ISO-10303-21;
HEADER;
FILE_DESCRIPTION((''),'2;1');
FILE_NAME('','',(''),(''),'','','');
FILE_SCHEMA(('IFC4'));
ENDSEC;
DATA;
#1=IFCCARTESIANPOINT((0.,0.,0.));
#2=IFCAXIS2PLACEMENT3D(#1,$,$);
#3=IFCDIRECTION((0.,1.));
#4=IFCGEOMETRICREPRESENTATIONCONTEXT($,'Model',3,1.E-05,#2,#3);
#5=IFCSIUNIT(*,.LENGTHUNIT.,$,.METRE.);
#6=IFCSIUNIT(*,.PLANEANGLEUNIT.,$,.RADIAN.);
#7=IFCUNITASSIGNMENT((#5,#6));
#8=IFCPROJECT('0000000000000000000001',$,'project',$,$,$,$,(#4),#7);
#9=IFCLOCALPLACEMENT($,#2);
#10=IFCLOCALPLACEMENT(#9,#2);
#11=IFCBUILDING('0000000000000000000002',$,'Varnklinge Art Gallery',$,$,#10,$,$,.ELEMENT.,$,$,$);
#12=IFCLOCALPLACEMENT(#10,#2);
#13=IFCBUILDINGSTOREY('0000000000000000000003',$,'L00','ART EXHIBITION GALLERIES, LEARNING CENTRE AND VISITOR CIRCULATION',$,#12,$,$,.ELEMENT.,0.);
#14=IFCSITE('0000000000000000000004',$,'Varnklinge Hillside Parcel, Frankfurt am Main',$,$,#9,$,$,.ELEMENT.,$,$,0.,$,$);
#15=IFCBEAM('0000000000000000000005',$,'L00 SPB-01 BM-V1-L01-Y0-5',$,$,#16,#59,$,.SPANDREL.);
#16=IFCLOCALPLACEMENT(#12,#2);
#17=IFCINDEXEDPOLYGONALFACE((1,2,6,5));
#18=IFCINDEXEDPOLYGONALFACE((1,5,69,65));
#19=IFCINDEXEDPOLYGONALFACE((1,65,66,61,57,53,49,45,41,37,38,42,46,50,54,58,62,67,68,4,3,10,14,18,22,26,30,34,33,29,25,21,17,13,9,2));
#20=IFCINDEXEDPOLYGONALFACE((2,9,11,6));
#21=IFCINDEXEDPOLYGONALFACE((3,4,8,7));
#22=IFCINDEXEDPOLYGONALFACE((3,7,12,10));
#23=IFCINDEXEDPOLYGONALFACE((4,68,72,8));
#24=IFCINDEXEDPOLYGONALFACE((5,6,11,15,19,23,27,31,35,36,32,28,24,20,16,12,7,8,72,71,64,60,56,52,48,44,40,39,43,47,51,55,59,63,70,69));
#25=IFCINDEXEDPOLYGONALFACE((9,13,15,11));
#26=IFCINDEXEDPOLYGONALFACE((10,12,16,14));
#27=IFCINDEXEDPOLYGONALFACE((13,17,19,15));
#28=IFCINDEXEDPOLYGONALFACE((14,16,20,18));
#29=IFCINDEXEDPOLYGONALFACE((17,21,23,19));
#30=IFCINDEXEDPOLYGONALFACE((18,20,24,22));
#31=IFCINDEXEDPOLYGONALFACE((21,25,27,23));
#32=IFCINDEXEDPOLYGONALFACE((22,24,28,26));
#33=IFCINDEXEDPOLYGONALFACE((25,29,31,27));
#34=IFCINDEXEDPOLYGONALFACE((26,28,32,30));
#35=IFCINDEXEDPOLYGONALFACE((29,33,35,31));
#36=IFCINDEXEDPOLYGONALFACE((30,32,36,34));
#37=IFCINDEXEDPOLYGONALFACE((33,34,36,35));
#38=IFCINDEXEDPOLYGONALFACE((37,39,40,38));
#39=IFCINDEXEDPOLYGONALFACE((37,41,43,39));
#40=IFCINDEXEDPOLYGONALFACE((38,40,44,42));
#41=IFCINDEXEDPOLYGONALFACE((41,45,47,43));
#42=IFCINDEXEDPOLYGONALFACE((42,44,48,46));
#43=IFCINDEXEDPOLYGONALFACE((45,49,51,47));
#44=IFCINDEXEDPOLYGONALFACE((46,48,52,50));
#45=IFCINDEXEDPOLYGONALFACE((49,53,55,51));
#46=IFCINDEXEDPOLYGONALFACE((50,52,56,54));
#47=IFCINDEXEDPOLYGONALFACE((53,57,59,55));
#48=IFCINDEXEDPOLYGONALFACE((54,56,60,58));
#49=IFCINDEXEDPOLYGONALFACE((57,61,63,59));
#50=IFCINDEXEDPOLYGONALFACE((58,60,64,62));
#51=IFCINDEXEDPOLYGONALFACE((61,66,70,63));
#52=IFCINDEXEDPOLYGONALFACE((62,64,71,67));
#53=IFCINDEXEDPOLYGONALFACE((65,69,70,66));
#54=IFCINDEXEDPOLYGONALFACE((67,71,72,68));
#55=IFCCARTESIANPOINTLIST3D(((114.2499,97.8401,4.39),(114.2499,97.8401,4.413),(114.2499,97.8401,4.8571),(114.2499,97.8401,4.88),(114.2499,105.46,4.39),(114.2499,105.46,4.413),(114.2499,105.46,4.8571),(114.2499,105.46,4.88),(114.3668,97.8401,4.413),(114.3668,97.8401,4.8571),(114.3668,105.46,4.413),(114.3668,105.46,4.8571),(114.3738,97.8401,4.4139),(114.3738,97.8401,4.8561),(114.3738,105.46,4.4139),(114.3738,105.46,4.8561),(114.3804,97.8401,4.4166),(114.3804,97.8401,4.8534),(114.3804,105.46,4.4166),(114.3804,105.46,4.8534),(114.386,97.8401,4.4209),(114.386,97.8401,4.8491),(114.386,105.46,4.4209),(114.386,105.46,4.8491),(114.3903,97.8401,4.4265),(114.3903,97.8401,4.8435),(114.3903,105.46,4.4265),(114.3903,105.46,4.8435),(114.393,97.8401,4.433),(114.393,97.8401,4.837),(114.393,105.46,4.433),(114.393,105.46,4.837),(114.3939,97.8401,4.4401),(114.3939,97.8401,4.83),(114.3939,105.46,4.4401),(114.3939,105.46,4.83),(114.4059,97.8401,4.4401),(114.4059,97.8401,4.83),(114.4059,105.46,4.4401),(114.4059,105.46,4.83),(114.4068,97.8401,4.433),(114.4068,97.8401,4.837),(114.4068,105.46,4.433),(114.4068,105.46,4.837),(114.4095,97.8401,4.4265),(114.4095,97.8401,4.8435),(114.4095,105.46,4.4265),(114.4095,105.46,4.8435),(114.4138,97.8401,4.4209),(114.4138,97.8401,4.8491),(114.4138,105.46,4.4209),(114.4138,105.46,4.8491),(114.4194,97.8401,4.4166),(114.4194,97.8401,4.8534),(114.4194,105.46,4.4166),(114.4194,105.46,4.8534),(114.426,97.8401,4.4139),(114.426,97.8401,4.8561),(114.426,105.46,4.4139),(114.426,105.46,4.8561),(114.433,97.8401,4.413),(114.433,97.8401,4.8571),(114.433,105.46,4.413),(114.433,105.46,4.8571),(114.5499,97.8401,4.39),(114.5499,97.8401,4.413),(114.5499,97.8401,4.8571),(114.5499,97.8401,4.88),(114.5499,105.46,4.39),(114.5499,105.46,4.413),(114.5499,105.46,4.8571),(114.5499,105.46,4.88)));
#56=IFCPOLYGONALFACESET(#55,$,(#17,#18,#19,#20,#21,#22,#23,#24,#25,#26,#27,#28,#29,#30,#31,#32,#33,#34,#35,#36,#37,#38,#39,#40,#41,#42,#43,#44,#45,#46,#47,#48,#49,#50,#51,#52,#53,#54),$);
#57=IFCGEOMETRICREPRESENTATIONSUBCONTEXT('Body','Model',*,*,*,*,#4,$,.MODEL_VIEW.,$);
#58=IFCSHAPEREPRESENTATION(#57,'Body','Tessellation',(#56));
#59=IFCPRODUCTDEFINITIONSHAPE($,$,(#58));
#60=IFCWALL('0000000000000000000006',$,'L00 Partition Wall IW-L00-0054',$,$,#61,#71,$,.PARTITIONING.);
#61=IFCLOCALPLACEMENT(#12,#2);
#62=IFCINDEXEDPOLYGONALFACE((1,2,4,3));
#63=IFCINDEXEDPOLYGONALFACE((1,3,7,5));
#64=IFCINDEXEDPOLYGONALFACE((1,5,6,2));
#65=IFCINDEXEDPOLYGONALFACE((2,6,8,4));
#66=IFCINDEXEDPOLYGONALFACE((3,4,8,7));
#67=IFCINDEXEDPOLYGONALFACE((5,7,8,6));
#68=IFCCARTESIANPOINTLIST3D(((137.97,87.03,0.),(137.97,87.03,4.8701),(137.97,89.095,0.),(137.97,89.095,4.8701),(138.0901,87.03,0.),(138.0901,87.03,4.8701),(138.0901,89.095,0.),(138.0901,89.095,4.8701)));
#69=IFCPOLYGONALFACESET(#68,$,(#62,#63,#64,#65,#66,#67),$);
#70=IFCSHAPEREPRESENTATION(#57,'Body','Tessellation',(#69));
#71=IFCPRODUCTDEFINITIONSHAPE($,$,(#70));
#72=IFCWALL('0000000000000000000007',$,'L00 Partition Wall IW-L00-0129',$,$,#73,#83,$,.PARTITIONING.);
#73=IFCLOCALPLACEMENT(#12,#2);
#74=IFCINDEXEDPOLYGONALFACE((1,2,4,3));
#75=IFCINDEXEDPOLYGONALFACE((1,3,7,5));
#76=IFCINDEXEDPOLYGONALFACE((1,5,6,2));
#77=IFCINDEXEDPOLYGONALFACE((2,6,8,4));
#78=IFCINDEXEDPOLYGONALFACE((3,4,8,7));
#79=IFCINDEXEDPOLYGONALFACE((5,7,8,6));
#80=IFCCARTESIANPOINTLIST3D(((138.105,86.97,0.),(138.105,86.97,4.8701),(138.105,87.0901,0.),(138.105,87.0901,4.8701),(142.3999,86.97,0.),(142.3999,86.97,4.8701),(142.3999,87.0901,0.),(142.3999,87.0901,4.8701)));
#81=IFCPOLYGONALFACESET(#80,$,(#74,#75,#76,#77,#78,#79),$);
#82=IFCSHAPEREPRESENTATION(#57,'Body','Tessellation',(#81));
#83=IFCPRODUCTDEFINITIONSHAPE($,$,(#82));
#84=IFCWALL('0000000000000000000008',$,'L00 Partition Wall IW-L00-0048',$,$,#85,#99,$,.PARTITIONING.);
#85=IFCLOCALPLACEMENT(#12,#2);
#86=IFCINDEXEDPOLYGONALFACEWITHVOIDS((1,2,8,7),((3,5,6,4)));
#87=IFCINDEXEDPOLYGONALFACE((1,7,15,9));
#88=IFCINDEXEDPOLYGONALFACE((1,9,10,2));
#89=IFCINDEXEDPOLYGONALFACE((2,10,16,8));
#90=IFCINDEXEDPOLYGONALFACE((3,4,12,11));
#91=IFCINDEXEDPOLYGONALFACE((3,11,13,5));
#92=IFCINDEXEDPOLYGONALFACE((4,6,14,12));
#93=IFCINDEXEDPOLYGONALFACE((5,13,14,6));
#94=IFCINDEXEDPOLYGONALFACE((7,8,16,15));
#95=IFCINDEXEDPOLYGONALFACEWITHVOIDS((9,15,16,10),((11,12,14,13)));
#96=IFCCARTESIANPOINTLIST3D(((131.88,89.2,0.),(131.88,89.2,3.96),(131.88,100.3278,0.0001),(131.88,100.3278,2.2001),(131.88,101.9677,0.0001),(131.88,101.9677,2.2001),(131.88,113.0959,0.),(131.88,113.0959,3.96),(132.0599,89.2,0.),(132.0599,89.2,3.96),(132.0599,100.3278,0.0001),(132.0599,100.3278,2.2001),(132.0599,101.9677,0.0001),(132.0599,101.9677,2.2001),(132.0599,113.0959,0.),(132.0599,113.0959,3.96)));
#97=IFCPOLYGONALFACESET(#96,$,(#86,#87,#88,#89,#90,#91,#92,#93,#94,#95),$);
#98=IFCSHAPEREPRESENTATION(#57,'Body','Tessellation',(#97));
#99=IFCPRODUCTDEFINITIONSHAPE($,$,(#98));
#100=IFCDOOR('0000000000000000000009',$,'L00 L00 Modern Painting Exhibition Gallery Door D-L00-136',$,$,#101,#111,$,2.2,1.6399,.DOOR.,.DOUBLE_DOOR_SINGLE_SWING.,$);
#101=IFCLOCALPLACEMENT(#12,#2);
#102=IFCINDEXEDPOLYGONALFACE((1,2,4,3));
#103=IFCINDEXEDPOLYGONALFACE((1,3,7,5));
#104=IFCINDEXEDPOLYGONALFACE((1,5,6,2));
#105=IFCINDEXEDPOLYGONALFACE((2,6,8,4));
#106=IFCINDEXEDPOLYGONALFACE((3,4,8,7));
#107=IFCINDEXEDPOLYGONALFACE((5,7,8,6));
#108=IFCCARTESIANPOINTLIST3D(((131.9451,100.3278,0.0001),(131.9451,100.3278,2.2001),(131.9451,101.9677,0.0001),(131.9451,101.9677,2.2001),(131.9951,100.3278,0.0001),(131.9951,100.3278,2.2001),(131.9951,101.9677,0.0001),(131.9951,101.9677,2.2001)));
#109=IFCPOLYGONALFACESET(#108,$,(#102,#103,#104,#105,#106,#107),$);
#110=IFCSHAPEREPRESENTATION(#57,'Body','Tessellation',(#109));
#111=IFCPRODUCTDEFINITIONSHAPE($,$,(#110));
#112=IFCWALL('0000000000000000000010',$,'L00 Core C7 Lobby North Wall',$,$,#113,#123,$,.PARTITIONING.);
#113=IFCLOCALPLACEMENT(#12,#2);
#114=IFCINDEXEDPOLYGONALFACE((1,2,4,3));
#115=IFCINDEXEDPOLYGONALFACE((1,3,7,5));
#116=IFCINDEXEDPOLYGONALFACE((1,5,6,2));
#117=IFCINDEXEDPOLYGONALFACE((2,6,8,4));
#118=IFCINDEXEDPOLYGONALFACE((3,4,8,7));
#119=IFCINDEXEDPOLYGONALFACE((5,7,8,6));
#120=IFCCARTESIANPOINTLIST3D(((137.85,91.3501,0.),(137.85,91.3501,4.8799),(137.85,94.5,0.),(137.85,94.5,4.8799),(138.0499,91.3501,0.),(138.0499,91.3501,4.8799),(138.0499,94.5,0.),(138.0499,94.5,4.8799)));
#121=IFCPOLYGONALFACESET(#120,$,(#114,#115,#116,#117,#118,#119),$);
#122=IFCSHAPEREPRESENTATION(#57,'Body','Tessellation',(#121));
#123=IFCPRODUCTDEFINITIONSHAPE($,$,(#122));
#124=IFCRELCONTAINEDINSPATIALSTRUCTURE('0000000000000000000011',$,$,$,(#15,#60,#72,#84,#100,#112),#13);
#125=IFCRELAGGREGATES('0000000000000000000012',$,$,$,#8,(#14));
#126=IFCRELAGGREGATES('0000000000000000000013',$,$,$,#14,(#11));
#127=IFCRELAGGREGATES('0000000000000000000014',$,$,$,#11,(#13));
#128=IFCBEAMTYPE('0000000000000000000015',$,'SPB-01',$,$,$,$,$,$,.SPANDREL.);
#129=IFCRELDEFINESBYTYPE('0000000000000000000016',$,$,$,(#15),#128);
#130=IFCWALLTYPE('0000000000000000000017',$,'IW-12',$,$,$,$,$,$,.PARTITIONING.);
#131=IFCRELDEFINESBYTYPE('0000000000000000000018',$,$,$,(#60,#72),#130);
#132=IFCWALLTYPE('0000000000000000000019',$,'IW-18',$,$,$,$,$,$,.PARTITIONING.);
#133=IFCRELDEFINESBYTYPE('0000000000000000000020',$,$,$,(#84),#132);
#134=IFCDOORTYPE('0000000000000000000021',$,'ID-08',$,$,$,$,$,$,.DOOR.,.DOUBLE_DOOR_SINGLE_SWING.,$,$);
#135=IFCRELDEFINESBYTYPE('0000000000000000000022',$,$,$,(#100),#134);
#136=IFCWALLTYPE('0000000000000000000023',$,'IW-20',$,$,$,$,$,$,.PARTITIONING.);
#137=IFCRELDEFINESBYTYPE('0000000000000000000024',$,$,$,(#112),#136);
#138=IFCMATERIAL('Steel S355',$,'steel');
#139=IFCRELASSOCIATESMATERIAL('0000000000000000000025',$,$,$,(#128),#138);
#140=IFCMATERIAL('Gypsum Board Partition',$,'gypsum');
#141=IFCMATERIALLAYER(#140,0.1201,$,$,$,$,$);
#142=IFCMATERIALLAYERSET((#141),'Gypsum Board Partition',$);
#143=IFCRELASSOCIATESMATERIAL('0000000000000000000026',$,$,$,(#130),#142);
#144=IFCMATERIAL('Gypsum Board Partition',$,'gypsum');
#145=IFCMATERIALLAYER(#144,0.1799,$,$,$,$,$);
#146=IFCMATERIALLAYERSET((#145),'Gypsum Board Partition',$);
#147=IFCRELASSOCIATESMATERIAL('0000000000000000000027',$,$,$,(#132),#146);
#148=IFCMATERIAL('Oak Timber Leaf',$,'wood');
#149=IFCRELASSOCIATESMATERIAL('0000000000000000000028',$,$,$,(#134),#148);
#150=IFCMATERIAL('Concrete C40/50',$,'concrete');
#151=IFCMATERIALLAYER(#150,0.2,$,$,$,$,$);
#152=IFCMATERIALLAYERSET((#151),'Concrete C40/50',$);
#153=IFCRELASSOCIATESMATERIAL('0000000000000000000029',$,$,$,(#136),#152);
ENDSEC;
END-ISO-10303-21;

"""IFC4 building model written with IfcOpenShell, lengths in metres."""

from ifc_helpers import new_model, si_unit, direction, frame, frame_2d, origin, origin_2d, place, context, subcontext, project, spatial, rectangle, i_section, extrude, material, layer, layer_set, material_profile, profile_set, type_object, element, fill, save


model = new_model("IFC4")

# Units and contexts
model_context = context("Model", 3, precision=1e-05, world=origin(), true_north=direction((0.0, 1.0)))
body_context = subcontext(model_context, "Body", "Model", "MODEL_VIEW")
ifc_project = project(units=[si_unit("LENGTHUNIT", "METRE"), si_unit("PLANEANGLEUNIT", "RADIAN")], contexts=[model_context])

# Site, building, storey
site_placement = place(None, origin())
site = spatial("IfcSite", under=ifc_project, at=site_placement, Name="Varnklinge Hillside Parcel, Frankfurt am Main", CompositionType="ELEMENT", RefElevation=0.0)
building_placement = place(site_placement, origin())
building = spatial("IfcBuilding", under=site, at=building_placement, Name="Varnklinge Art Gallery", CompositionType="ELEMENT")
storey_placement = place(building_placement, origin())
storey = spatial("IfcBuildingStorey", under=building, at=storey_placement, Name="L00", Description="ART EXHIBITION GALLERIES, LEARNING CENTRE AND VISITOR CIRCULATION", CompositionType="ELEMENT", Elevation=0.0)

# Beam
ifc_material_1 = material(Name="Steel S355", Category="steel")
ifc_material_profile_1 = material_profile(ifc_material_1, i_section(OverallWidth=0.3, OverallDepth=0.49, WebThickness=0.012, FlangeThickness=0.0229, FilletRadius=0.0271, at=origin_2d()), Name="HEA 500")
ifc_profile_set_1 = profile_set([ifc_material_profile_1], Name="Steel S355")
beam_type_1 = type_object("IfcBeamType", Name="SPB-01", PredefinedType="SPANDREL", material=ifc_profile_set_1)
beam_1_placement = place(storey_placement, frame((114.3999, 97.8401, 4.635), z_axis=(0.0, 1.0, 0.0), x_axis=(-1.0, 0.0, 0.0)))
element("IfcBeam", 1, at=beam_1_placement, inside=storey, type_object=beam_type_1, Name="L00 SPB-01 BM-V1-L01-Y0-5", PredefinedType="SPANDREL", context=body_context, shape_type="SweptSolid", body=[
    extrude(i_section(OverallWidth=0.3, OverallDepth=0.49, WebThickness=0.012, FlangeThickness=0.0229, FilletRadius=0.0271, at=origin_2d()), origin(), (0.0, 0.0, 1.0), 7.6199),
])

# Walls
ifc_material_2 = material(Name="Gypsum Board Partition", Category="gypsum")
ifc_layer_1 = layer(ifc_material_2, 0.1201)
ifc_layer_set_1 = layer_set([ifc_layer_1], Name="Gypsum Board Partition")
wall_type_1 = type_object("IfcWallType", Name="IW-12", PredefinedType="PARTITIONING", material=ifc_layer_set_1)
wall_1_placement = place(storey_placement, frame((138.03, 89.095, 0.0), z_axis=(0.0, 0.0, 1.0), x_axis=(0.0, -1.0, 0.0)))
element("IfcWall", 2, at=wall_1_placement, inside=storey, type_object=wall_type_1, Name="L00 Partition Wall IW-L00-0054", PredefinedType="PARTITIONING", context=body_context, shape_type="SweptSolid", body=[
    extrude(rectangle(XDim=2.0649, YDim=0.1201, at=frame_2d((1.0325, 0.0))), origin(), (0.0, 0.0, 1.0), 4.8701),
])
wall_2_placement = place(storey_placement, frame((138.105, 87.03, 0.0), z_axis=(0.0, 0.0, 1.0), x_axis=(1.0, 0.0, 0.0)))
element("IfcWall", 3, at=wall_2_placement, inside=storey, type_object=wall_type_1, Name="L00 Partition Wall IW-L00-0129", PredefinedType="PARTITIONING", context=body_context, shape_type="SweptSolid", body=[
    extrude(rectangle(XDim=4.2949, YDim=0.1201, at=frame_2d((2.1475, 0.0))), origin(), (0.0, 0.0, 1.0), 4.8701),
])

# Wall, opening, door
ifc_material_3 = material(Name="Gypsum Board Partition", Category="gypsum")
ifc_layer_2 = layer(ifc_material_3, 0.1799)
ifc_layer_set_2 = layer_set([ifc_layer_2], Name="Gypsum Board Partition")
wall_type_2 = type_object("IfcWallType", Name="IW-18", PredefinedType="PARTITIONING", material=ifc_layer_set_2)
wall_3_placement = place(storey_placement, frame((131.97, 89.2, 0.0), z_axis=(0.0, 0.0, 1.0), x_axis=(0.0, 1.0, 0.0)))
wall_3 = element("IfcWall", 4, at=wall_3_placement, inside=storey, type_object=wall_type_2, Name="L00 Partition Wall IW-L00-0048", PredefinedType="PARTITIONING", context=body_context, shape_type="SweptSolid", body=[
    extrude(rectangle(XDim=23.896, YDim=0.1799, at=frame_2d((11.948, 0.0))), origin(), (0.0, 0.0, 1.0), 3.96),
])
opening_1_placement = place(wall_3_placement, frame((11.1279, 0.0, 0.0)))
opening_1 = element("IfcOpeningElement", 5, at=opening_1_placement, cuts=wall_3, PredefinedType="OPENING", context=body_context, shape_type="SweptSolid", body=[
    extrude(rectangle(XDim=1.6399, YDim=2.2, at=frame_2d((0.8198, 1.1001))), frame((0.0, 0.0999, 0.0), z_axis=(0.0, -1.0, 0.0), x_axis=(1.0, 0.0, 0.0)), (0.0, 0.0, 1.0), 0.2),
])
ifc_material_4 = material(Name="Oak Timber Leaf", Category="wood")
door_type_1 = type_object("IfcDoorType", Name="ID-08", OperationType="DOUBLE_DOOR_SINGLE_SWING", PredefinedType="DOOR", material=ifc_material_4)
door_1_placement = place(opening_1_placement, origin())
door_1 = element("IfcDoor", 6, at=door_1_placement, inside=storey, type_object=door_type_1, Name="L00 L00 Modern Painting Exhibition Gallery Door D-L00-136", OperationType="DOUBLE_DOOR_SINGLE_SWING", OverallHeight=2.2, OverallWidth=1.6399, PredefinedType="DOOR", context=body_context, shape_type="SweptSolid", body=[
    extrude(rectangle(XDim=1.6399, YDim=2.2, at=frame_2d((0.8198, 1.1001))), frame((0.0, 0.0249, 0.0), z_axis=(0.0, -1.0, 0.0), x_axis=(1.0, 0.0, 0.0)), (0.0, 0.0, 1.0), 0.05),
])
fill(opening_1, door_1)

# Wall
ifc_material_5 = material(Name="Concrete C40/50", Category="concrete")
ifc_layer_3 = layer(ifc_material_5, 0.2)
ifc_layer_set_3 = layer_set([ifc_layer_3], Name="Concrete C40/50")
wall_type_3 = type_object("IfcWallType", Name="IW-20", PredefinedType="PARTITIONING", material=ifc_layer_set_3)
wall_4_placement = place(storey_placement, frame((137.95, 94.5, 0.0), z_axis=(0.0, 0.0, 1.0), x_axis=(0.0, -1.0, 0.0)))
element("IfcWall", 7, at=wall_4_placement, inside=storey, type_object=wall_type_3, Name="L00 Core C7 Lobby North Wall", PredefinedType="PARTITIONING", context=body_context, shape_type="SweptSolid", body=[
    extrude(rectangle(XDim=3.1499, YDim=0.2, at=frame_2d((1.575, 0.0))), origin(), (0.0, 0.0, 1.0), 4.8799),
])

save(model, "model.ifc")
